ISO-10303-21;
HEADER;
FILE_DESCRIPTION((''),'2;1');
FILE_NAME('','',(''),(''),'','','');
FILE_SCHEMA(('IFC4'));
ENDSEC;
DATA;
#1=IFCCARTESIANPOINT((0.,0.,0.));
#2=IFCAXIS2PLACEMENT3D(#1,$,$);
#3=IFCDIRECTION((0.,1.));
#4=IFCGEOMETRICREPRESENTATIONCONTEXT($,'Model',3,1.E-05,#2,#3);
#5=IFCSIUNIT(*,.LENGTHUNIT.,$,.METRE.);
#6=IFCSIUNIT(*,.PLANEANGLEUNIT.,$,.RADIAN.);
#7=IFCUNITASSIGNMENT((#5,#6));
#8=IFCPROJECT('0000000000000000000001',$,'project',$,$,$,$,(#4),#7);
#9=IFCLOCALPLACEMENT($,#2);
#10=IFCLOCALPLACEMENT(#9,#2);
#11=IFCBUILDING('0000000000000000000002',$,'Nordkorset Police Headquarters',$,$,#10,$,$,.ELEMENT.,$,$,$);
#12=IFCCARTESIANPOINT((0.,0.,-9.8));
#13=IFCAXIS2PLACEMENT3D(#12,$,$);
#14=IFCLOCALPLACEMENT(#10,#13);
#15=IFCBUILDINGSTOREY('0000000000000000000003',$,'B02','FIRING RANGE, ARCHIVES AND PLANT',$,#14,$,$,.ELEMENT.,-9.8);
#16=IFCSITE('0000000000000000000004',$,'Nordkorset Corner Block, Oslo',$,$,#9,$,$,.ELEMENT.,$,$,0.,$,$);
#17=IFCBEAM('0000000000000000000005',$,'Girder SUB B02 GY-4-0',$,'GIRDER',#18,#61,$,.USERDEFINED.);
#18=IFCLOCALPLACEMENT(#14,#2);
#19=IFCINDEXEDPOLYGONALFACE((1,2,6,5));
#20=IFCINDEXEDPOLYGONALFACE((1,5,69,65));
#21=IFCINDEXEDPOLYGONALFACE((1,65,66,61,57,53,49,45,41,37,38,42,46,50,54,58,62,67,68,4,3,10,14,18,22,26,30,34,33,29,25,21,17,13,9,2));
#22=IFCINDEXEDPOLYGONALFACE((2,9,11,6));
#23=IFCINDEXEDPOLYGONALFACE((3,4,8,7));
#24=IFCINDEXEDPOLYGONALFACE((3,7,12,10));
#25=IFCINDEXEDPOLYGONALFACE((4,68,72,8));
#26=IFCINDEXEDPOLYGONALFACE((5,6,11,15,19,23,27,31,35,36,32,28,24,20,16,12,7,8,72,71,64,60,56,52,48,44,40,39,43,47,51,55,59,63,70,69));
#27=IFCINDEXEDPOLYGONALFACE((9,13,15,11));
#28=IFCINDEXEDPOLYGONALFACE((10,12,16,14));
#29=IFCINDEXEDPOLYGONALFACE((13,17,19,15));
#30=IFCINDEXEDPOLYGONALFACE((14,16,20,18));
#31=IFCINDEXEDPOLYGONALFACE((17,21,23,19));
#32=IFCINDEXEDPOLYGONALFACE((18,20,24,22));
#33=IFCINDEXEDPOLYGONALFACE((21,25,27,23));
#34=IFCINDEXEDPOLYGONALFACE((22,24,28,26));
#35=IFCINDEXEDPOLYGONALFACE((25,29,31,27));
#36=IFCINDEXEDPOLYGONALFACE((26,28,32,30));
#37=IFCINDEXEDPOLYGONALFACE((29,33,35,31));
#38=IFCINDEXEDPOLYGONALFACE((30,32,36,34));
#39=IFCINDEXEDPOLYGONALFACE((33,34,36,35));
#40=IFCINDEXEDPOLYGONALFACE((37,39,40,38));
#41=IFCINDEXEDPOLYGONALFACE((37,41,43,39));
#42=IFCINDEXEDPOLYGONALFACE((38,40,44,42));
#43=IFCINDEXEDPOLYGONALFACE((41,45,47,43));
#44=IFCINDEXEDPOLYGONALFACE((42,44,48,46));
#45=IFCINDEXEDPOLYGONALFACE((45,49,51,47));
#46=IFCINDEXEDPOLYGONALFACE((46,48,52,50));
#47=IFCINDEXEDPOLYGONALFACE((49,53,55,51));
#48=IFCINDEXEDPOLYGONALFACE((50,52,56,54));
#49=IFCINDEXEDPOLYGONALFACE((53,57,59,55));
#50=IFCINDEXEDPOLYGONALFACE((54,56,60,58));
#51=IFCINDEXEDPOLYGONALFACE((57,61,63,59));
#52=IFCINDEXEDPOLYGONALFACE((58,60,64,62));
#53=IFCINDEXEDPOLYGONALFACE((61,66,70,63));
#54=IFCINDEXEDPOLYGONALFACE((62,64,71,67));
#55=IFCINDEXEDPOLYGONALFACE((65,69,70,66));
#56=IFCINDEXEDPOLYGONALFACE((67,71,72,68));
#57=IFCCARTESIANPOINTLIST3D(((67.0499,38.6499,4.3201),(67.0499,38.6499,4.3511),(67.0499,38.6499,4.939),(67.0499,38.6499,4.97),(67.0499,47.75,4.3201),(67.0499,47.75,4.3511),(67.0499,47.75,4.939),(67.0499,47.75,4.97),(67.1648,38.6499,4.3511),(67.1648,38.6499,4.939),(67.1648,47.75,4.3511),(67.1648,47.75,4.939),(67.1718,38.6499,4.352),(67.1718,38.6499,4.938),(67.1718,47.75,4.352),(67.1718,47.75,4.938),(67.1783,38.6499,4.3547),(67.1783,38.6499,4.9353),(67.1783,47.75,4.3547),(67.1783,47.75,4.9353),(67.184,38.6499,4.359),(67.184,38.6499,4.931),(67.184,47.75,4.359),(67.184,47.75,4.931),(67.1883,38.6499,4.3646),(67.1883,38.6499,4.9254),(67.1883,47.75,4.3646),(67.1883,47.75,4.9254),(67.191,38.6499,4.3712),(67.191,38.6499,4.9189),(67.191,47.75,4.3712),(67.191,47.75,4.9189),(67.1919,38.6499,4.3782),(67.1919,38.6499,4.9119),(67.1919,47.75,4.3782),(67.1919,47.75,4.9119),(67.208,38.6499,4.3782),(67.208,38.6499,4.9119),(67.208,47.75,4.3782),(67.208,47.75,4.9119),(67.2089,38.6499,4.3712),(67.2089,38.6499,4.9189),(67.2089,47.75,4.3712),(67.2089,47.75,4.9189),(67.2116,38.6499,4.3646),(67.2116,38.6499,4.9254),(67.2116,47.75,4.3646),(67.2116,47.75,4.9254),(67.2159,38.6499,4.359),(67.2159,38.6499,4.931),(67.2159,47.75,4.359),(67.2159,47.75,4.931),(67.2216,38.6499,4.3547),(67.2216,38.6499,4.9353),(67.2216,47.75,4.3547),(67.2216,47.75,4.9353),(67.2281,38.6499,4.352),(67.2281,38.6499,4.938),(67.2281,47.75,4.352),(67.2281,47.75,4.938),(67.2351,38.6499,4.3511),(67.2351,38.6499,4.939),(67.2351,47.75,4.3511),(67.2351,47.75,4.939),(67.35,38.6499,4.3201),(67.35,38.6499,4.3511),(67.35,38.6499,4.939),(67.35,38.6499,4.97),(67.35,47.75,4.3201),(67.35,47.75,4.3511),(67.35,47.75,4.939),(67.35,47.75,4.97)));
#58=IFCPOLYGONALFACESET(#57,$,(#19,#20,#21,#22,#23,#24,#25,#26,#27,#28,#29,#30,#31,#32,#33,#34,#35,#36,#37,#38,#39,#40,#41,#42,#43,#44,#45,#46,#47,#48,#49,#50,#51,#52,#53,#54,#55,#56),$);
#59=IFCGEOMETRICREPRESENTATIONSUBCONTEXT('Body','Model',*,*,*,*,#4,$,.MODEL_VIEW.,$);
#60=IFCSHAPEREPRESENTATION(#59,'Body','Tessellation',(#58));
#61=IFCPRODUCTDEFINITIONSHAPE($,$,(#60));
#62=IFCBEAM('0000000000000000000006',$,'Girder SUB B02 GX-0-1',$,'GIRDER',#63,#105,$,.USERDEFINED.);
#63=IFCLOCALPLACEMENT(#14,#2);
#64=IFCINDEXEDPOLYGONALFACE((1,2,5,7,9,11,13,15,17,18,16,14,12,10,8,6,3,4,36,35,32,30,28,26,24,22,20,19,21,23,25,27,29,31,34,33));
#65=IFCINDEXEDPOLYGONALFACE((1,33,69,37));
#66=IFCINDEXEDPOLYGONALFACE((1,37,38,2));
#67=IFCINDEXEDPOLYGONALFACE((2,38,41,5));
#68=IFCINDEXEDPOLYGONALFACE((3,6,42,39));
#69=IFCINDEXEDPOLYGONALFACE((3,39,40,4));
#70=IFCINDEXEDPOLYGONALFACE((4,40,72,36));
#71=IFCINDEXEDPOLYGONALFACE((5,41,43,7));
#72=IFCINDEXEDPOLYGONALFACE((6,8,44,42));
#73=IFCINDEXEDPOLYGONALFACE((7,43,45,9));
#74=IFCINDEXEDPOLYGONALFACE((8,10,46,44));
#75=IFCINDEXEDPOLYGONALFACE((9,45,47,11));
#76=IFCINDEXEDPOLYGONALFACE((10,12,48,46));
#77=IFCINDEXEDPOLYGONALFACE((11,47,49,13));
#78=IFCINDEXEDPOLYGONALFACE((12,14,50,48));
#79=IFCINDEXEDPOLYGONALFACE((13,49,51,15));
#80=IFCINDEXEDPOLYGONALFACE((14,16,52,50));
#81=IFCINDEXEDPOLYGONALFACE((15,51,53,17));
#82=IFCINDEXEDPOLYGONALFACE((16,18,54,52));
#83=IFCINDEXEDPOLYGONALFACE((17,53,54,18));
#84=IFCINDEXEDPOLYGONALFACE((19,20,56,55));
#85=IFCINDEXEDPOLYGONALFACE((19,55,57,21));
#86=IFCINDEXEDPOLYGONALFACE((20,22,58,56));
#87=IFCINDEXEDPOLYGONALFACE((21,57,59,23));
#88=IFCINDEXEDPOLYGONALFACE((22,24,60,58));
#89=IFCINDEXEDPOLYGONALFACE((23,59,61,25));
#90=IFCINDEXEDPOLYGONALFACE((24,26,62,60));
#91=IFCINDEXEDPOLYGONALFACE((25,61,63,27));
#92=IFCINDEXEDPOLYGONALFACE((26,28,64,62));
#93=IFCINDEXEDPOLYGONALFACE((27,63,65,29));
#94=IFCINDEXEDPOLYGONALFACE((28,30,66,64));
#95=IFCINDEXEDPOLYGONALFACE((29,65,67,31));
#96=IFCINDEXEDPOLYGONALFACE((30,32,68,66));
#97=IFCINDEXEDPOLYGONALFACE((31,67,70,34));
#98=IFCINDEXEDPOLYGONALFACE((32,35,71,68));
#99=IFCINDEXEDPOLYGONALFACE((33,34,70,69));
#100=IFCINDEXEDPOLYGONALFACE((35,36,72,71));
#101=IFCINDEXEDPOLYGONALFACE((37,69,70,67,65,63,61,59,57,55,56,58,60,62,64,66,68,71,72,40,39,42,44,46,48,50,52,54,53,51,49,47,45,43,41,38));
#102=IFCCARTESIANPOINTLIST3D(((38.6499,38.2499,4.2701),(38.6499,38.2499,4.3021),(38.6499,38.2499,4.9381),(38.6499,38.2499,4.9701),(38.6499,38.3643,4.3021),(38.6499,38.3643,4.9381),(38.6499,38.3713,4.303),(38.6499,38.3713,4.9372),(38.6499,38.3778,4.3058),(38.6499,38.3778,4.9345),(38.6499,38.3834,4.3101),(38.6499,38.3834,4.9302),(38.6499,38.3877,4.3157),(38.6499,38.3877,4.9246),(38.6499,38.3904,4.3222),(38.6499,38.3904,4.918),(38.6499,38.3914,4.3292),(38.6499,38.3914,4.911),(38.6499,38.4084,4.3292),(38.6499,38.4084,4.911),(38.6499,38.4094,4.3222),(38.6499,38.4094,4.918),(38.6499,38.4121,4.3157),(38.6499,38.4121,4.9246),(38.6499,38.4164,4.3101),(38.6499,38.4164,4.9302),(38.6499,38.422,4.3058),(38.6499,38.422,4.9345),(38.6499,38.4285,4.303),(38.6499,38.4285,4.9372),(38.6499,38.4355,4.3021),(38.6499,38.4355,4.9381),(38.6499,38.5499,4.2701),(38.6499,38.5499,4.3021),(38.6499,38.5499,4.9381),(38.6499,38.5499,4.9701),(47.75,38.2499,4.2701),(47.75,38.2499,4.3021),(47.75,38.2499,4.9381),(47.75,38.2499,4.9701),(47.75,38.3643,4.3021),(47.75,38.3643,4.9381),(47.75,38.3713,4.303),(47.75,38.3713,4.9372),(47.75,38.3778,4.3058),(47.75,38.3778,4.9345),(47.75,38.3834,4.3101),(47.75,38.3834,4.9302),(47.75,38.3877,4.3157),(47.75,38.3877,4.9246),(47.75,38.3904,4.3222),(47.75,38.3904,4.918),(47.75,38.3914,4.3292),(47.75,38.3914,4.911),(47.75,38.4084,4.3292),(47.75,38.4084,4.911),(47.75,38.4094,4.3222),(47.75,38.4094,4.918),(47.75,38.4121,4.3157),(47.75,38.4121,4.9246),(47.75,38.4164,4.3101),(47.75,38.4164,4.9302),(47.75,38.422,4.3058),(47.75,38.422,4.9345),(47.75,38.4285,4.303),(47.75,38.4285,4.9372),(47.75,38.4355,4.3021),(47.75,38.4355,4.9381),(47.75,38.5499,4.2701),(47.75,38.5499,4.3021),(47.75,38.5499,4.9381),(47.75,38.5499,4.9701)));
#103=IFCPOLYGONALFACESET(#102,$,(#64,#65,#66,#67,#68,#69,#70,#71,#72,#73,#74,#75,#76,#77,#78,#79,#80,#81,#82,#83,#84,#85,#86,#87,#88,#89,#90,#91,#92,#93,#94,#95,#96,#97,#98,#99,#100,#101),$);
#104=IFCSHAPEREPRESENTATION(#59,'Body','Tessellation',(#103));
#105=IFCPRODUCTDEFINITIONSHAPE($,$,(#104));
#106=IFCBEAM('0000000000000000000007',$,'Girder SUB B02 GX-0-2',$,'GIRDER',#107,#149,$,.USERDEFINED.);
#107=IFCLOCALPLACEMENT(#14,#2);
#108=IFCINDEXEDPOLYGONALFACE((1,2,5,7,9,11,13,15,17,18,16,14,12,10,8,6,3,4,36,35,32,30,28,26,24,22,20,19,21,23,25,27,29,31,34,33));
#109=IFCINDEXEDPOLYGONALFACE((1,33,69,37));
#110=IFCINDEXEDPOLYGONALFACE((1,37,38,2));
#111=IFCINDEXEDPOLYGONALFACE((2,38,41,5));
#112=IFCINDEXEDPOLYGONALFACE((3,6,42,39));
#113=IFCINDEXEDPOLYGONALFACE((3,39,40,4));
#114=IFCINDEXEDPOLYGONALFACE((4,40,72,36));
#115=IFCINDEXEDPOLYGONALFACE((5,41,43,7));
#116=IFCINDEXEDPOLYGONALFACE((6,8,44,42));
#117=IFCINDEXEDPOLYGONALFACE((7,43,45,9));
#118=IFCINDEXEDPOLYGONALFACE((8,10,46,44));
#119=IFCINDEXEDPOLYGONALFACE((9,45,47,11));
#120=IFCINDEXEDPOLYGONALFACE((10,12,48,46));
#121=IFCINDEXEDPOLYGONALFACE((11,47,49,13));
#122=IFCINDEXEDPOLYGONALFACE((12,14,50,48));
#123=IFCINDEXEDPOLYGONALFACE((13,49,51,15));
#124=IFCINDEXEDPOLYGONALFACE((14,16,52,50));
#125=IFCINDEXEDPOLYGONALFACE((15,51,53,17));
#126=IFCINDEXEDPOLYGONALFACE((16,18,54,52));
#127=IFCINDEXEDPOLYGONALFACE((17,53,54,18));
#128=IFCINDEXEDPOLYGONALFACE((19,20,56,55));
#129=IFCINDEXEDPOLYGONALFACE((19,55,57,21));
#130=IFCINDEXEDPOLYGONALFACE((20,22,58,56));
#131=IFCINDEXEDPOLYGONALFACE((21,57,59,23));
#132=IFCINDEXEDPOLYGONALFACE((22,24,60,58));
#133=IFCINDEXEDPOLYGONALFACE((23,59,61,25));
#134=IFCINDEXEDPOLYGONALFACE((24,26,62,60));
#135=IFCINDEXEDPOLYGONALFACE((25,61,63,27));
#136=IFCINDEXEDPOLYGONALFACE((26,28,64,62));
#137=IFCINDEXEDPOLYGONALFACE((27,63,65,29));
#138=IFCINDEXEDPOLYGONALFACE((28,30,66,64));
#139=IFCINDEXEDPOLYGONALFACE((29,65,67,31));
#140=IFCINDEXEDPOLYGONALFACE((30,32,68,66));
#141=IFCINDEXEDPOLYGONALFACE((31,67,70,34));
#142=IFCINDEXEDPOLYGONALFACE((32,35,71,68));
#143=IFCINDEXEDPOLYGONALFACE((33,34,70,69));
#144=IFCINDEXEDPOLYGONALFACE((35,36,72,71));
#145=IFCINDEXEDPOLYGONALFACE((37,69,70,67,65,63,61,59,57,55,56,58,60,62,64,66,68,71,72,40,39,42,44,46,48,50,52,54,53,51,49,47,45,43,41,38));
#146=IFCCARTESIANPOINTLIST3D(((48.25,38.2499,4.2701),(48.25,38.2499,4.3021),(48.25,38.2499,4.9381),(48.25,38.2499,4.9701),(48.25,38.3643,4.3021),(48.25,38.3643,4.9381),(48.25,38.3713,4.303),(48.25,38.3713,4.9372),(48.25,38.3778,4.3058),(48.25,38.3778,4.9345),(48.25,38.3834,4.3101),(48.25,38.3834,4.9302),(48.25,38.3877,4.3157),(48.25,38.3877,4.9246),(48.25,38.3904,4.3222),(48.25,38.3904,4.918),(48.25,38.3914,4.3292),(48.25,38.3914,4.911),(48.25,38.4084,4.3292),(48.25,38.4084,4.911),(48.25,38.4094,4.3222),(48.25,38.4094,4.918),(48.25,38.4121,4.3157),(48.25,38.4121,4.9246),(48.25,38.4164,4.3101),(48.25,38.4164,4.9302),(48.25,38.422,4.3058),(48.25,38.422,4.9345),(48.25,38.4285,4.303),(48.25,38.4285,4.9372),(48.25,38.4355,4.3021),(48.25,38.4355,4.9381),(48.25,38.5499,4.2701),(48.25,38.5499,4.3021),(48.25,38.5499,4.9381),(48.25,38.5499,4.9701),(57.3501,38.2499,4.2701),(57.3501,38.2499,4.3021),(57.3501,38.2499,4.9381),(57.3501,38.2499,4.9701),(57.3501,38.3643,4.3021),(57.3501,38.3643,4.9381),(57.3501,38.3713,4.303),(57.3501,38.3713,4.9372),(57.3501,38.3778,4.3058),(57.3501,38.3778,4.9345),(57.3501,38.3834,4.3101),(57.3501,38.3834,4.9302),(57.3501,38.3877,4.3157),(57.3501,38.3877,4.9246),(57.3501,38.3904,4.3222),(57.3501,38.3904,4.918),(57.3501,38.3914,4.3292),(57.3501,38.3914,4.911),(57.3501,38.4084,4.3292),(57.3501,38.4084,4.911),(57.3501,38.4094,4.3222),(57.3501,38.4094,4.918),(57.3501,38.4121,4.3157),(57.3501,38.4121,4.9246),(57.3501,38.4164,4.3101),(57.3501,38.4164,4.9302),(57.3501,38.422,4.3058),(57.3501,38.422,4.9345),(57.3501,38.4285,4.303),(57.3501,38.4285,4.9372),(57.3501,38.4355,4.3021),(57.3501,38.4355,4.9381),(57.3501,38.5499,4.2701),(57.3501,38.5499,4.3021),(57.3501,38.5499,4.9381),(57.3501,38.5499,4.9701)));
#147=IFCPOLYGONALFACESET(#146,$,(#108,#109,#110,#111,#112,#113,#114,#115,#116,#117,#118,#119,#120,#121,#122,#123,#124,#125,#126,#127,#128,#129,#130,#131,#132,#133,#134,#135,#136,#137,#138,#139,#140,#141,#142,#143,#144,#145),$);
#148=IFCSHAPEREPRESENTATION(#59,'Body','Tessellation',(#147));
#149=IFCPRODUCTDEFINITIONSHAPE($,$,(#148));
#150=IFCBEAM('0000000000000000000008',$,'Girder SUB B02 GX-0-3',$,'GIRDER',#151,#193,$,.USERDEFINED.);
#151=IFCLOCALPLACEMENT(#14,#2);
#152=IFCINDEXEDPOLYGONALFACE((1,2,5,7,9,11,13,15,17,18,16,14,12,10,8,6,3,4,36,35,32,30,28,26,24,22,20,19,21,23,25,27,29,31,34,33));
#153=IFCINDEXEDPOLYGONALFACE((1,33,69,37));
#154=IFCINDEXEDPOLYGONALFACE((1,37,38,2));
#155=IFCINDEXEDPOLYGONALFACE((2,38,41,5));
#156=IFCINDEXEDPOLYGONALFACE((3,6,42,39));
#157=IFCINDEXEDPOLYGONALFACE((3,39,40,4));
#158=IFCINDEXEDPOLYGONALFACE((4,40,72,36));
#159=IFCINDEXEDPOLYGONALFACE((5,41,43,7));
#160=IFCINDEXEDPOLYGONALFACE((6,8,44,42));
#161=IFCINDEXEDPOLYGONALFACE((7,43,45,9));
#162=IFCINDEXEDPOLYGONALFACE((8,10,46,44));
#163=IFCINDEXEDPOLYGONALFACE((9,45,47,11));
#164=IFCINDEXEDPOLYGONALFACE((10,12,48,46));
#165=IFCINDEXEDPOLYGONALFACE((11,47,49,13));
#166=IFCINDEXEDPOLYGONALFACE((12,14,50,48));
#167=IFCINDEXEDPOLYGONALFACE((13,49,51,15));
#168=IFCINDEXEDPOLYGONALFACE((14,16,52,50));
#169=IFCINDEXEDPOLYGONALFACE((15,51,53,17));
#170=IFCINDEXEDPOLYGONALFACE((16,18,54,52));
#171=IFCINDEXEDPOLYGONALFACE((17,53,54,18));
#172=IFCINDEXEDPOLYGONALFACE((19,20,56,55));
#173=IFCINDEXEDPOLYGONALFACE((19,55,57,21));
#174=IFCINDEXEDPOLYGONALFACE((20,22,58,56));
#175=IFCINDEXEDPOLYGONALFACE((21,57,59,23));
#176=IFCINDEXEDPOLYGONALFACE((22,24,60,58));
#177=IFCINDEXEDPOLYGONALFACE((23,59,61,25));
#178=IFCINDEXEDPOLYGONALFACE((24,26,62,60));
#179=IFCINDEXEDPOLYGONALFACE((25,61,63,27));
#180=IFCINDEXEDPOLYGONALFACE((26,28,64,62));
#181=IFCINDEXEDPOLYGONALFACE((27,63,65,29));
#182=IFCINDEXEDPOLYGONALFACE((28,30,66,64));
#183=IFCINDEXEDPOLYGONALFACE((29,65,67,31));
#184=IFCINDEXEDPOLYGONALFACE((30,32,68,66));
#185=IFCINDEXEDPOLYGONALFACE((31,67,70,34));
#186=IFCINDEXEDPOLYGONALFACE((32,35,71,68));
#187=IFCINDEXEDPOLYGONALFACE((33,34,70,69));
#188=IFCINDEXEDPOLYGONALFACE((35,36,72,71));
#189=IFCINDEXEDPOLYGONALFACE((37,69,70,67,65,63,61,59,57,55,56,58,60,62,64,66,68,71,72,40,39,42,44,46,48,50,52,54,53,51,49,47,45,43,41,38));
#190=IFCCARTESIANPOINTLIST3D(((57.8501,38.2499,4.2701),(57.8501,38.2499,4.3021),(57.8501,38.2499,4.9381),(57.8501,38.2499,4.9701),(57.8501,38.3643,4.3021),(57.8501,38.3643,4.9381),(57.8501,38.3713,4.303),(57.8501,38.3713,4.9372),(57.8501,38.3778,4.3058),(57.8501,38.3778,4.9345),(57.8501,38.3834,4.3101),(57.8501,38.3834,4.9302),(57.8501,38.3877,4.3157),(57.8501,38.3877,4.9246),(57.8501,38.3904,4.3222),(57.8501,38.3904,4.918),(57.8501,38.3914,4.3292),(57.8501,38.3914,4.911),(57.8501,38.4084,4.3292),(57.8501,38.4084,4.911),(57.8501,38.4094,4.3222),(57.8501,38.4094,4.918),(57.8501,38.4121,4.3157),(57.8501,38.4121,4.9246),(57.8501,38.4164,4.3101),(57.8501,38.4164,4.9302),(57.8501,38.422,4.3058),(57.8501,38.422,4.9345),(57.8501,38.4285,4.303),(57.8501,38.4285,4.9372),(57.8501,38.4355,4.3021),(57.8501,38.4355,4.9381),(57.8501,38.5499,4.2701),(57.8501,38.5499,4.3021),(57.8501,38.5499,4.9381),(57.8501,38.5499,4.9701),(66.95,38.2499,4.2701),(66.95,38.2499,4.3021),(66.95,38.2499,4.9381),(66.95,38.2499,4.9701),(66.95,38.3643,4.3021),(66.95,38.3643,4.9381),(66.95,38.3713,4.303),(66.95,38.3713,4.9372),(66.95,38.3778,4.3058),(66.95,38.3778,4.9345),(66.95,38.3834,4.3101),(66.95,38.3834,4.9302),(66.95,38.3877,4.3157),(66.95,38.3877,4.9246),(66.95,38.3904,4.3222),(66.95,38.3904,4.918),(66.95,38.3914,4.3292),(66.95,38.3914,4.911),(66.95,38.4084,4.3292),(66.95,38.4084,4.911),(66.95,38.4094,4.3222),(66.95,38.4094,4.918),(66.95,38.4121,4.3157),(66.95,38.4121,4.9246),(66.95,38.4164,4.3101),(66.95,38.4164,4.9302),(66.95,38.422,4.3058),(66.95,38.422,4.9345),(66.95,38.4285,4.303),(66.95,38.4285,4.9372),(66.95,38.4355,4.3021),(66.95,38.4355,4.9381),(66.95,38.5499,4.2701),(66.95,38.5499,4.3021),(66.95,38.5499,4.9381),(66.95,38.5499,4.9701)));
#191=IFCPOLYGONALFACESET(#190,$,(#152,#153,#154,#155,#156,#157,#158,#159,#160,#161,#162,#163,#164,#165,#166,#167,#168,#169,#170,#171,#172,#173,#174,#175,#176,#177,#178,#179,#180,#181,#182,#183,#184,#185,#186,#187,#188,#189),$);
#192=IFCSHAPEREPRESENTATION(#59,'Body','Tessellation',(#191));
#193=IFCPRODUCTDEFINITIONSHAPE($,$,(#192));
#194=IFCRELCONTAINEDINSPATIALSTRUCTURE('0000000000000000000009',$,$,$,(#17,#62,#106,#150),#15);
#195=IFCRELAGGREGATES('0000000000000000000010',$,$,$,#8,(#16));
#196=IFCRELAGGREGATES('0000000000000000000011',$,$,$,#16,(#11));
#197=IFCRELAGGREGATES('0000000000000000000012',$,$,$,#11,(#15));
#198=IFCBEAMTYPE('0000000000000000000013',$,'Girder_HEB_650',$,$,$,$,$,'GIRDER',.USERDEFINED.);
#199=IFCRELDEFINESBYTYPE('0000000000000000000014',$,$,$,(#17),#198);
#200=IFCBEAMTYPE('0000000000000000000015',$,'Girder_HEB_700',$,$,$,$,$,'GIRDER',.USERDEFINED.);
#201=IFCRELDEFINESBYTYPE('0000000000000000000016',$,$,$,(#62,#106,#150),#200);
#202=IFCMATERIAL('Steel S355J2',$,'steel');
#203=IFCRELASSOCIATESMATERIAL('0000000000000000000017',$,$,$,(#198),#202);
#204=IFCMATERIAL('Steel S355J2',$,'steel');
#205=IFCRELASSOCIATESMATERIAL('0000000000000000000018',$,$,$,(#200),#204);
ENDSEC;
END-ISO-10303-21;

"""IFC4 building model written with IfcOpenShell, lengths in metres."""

from ifc_helpers import new_model, si_unit, direction, frame, origin, origin_2d, place, context, subcontext, project, spatial, i_section, extrude, material, material_profile, profile_set, type_object, element, save


model = new_model("IFC4")

# Units and contexts
model_context = context("Model", 3, precision=1e-05, world=origin(), true_north=direction((0.0, 1.0)))
body_context = subcontext(model_context, "Body", "Model", "MODEL_VIEW")
ifc_project = project(units=[si_unit("LENGTHUNIT", "METRE"), si_unit("PLANEANGLEUNIT", "RADIAN")], contexts=[model_context])

# Site, building, storey
site_placement = place(None, origin())
site = spatial("IfcSite", under=ifc_project, at=site_placement, Name="Nordkorset Corner Block, Oslo", CompositionType="ELEMENT", RefElevation=0.0)
building_placement = place(site_placement, origin())
building = spatial("IfcBuilding", under=site, at=building_placement, Name="Nordkorset Police Headquarters", CompositionType="ELEMENT")
storey_placement = place(building_placement, frame((0.0, 0.0, -9.8)))
storey = spatial("IfcBuildingStorey", under=building, at=storey_placement, Name="B02", Description="FIRING RANGE, ARCHIVES AND PLANT", CompositionType="ELEMENT", Elevation=-9.8)

# Beams
ifc_material_1 = material(Name="Steel S355J2", Category="steel")
ifc_material_profile_1 = material_profile(ifc_material_1, i_section(OverallWidth=0.3, OverallDepth=0.6499, WebThickness=0.0161, FlangeThickness=0.031, FilletRadius=0.0271, at=origin_2d()), Name="HEB 650")
ifc_profile_set_1 = profile_set([ifc_material_profile_1], Name="Steel S355J2")
beam_type_1 = type_object("IfcBeamType", Name="Girder_HEB_650", ElementType="GIRDER", PredefinedType="USERDEFINED", material=ifc_profile_set_1)
for number, where, z_axis, x_axis, name in (
    (1, (67.2, 38.6499, 4.645), (0.0, 1.0, 0.0), (-1.0, 0.0, 0.0), "Girder SUB B02 GY-4-0"),
):
    element("IfcBeam", number, at=place(storey_placement, frame(where, z_axis=z_axis, x_axis=x_axis)), inside=storey, type_object=beam_type_1, Name=name, ObjectType="GIRDER", PredefinedType="USERDEFINED", context=body_context, shape_type="SweptSolid", body=[
        extrude(i_section(OverallWidth=0.3, OverallDepth=0.6499, WebThickness=0.0161, FlangeThickness=0.031, FilletRadius=0.0271, at=origin_2d()), origin(), (0.0, 0.0, 1.0), 9.1001),
    ])
ifc_material_2 = material(Name="Steel S355J2", Category="steel")
ifc_material_profile_2 = material_profile(ifc_material_2, i_section(OverallWidth=0.3, OverallDepth=0.7, WebThickness=0.0171, FlangeThickness=0.032, FilletRadius=0.0271, at=origin_2d()), Name="HEB 700")
ifc_profile_set_2 = profile_set([ifc_material_profile_2], Name="Steel S355J2")
beam_type_2 = type_object("IfcBeamType", Name="Girder_HEB_700", ElementType="GIRDER", PredefinedType="USERDEFINED", material=ifc_profile_set_2)
for number, where, z_axis, x_axis, name in (
    (2, (38.6499, 38.3999, 4.6201), (1.0, 0.0, 0.0), (0.0, 1.0, 0.0), "Girder SUB B02 GX-0-1"),
    (3, (48.25, 38.3999, 4.6201), (1.0, 0.0, 0.0), (0.0, 1.0, 0.0), "Girder SUB B02 GX-0-2"),
):
    element("IfcBeam", number, at=place(storey_placement, frame(where, z_axis=z_axis, x_axis=x_axis)), inside=storey, type_object=beam_type_2, Name=name, ObjectType="GIRDER", PredefinedType="USERDEFINED", context=body_context, shape_type="SweptSolid", body=[
        extrude(i_section(OverallWidth=0.3, OverallDepth=0.7, WebThickness=0.0171, FlangeThickness=0.032, FilletRadius=0.0271, at=origin_2d()), origin(), (0.0, 0.0, 1.0), 9.1001),
    ])
beam_1_placement = place(storey_placement, frame((57.8501, 38.3999, 4.6201), z_axis=(1.0, 0.0, 0.0), x_axis=(0.0, 1.0, 0.0)))
element("IfcBeam", 4, at=beam_1_placement, inside=storey, type_object=beam_type_2, Name="Girder SUB B02 GX-0-3", ObjectType="GIRDER", PredefinedType="USERDEFINED", context=body_context, shape_type="SweptSolid", body=[
    extrude(i_section(OverallWidth=0.3, OverallDepth=0.7, WebThickness=0.0171, FlangeThickness=0.032, FilletRadius=0.0271, at=origin_2d()), origin(), (0.0, 0.0, 1.0), 9.0999),
])

save(model, "model.ifc")
